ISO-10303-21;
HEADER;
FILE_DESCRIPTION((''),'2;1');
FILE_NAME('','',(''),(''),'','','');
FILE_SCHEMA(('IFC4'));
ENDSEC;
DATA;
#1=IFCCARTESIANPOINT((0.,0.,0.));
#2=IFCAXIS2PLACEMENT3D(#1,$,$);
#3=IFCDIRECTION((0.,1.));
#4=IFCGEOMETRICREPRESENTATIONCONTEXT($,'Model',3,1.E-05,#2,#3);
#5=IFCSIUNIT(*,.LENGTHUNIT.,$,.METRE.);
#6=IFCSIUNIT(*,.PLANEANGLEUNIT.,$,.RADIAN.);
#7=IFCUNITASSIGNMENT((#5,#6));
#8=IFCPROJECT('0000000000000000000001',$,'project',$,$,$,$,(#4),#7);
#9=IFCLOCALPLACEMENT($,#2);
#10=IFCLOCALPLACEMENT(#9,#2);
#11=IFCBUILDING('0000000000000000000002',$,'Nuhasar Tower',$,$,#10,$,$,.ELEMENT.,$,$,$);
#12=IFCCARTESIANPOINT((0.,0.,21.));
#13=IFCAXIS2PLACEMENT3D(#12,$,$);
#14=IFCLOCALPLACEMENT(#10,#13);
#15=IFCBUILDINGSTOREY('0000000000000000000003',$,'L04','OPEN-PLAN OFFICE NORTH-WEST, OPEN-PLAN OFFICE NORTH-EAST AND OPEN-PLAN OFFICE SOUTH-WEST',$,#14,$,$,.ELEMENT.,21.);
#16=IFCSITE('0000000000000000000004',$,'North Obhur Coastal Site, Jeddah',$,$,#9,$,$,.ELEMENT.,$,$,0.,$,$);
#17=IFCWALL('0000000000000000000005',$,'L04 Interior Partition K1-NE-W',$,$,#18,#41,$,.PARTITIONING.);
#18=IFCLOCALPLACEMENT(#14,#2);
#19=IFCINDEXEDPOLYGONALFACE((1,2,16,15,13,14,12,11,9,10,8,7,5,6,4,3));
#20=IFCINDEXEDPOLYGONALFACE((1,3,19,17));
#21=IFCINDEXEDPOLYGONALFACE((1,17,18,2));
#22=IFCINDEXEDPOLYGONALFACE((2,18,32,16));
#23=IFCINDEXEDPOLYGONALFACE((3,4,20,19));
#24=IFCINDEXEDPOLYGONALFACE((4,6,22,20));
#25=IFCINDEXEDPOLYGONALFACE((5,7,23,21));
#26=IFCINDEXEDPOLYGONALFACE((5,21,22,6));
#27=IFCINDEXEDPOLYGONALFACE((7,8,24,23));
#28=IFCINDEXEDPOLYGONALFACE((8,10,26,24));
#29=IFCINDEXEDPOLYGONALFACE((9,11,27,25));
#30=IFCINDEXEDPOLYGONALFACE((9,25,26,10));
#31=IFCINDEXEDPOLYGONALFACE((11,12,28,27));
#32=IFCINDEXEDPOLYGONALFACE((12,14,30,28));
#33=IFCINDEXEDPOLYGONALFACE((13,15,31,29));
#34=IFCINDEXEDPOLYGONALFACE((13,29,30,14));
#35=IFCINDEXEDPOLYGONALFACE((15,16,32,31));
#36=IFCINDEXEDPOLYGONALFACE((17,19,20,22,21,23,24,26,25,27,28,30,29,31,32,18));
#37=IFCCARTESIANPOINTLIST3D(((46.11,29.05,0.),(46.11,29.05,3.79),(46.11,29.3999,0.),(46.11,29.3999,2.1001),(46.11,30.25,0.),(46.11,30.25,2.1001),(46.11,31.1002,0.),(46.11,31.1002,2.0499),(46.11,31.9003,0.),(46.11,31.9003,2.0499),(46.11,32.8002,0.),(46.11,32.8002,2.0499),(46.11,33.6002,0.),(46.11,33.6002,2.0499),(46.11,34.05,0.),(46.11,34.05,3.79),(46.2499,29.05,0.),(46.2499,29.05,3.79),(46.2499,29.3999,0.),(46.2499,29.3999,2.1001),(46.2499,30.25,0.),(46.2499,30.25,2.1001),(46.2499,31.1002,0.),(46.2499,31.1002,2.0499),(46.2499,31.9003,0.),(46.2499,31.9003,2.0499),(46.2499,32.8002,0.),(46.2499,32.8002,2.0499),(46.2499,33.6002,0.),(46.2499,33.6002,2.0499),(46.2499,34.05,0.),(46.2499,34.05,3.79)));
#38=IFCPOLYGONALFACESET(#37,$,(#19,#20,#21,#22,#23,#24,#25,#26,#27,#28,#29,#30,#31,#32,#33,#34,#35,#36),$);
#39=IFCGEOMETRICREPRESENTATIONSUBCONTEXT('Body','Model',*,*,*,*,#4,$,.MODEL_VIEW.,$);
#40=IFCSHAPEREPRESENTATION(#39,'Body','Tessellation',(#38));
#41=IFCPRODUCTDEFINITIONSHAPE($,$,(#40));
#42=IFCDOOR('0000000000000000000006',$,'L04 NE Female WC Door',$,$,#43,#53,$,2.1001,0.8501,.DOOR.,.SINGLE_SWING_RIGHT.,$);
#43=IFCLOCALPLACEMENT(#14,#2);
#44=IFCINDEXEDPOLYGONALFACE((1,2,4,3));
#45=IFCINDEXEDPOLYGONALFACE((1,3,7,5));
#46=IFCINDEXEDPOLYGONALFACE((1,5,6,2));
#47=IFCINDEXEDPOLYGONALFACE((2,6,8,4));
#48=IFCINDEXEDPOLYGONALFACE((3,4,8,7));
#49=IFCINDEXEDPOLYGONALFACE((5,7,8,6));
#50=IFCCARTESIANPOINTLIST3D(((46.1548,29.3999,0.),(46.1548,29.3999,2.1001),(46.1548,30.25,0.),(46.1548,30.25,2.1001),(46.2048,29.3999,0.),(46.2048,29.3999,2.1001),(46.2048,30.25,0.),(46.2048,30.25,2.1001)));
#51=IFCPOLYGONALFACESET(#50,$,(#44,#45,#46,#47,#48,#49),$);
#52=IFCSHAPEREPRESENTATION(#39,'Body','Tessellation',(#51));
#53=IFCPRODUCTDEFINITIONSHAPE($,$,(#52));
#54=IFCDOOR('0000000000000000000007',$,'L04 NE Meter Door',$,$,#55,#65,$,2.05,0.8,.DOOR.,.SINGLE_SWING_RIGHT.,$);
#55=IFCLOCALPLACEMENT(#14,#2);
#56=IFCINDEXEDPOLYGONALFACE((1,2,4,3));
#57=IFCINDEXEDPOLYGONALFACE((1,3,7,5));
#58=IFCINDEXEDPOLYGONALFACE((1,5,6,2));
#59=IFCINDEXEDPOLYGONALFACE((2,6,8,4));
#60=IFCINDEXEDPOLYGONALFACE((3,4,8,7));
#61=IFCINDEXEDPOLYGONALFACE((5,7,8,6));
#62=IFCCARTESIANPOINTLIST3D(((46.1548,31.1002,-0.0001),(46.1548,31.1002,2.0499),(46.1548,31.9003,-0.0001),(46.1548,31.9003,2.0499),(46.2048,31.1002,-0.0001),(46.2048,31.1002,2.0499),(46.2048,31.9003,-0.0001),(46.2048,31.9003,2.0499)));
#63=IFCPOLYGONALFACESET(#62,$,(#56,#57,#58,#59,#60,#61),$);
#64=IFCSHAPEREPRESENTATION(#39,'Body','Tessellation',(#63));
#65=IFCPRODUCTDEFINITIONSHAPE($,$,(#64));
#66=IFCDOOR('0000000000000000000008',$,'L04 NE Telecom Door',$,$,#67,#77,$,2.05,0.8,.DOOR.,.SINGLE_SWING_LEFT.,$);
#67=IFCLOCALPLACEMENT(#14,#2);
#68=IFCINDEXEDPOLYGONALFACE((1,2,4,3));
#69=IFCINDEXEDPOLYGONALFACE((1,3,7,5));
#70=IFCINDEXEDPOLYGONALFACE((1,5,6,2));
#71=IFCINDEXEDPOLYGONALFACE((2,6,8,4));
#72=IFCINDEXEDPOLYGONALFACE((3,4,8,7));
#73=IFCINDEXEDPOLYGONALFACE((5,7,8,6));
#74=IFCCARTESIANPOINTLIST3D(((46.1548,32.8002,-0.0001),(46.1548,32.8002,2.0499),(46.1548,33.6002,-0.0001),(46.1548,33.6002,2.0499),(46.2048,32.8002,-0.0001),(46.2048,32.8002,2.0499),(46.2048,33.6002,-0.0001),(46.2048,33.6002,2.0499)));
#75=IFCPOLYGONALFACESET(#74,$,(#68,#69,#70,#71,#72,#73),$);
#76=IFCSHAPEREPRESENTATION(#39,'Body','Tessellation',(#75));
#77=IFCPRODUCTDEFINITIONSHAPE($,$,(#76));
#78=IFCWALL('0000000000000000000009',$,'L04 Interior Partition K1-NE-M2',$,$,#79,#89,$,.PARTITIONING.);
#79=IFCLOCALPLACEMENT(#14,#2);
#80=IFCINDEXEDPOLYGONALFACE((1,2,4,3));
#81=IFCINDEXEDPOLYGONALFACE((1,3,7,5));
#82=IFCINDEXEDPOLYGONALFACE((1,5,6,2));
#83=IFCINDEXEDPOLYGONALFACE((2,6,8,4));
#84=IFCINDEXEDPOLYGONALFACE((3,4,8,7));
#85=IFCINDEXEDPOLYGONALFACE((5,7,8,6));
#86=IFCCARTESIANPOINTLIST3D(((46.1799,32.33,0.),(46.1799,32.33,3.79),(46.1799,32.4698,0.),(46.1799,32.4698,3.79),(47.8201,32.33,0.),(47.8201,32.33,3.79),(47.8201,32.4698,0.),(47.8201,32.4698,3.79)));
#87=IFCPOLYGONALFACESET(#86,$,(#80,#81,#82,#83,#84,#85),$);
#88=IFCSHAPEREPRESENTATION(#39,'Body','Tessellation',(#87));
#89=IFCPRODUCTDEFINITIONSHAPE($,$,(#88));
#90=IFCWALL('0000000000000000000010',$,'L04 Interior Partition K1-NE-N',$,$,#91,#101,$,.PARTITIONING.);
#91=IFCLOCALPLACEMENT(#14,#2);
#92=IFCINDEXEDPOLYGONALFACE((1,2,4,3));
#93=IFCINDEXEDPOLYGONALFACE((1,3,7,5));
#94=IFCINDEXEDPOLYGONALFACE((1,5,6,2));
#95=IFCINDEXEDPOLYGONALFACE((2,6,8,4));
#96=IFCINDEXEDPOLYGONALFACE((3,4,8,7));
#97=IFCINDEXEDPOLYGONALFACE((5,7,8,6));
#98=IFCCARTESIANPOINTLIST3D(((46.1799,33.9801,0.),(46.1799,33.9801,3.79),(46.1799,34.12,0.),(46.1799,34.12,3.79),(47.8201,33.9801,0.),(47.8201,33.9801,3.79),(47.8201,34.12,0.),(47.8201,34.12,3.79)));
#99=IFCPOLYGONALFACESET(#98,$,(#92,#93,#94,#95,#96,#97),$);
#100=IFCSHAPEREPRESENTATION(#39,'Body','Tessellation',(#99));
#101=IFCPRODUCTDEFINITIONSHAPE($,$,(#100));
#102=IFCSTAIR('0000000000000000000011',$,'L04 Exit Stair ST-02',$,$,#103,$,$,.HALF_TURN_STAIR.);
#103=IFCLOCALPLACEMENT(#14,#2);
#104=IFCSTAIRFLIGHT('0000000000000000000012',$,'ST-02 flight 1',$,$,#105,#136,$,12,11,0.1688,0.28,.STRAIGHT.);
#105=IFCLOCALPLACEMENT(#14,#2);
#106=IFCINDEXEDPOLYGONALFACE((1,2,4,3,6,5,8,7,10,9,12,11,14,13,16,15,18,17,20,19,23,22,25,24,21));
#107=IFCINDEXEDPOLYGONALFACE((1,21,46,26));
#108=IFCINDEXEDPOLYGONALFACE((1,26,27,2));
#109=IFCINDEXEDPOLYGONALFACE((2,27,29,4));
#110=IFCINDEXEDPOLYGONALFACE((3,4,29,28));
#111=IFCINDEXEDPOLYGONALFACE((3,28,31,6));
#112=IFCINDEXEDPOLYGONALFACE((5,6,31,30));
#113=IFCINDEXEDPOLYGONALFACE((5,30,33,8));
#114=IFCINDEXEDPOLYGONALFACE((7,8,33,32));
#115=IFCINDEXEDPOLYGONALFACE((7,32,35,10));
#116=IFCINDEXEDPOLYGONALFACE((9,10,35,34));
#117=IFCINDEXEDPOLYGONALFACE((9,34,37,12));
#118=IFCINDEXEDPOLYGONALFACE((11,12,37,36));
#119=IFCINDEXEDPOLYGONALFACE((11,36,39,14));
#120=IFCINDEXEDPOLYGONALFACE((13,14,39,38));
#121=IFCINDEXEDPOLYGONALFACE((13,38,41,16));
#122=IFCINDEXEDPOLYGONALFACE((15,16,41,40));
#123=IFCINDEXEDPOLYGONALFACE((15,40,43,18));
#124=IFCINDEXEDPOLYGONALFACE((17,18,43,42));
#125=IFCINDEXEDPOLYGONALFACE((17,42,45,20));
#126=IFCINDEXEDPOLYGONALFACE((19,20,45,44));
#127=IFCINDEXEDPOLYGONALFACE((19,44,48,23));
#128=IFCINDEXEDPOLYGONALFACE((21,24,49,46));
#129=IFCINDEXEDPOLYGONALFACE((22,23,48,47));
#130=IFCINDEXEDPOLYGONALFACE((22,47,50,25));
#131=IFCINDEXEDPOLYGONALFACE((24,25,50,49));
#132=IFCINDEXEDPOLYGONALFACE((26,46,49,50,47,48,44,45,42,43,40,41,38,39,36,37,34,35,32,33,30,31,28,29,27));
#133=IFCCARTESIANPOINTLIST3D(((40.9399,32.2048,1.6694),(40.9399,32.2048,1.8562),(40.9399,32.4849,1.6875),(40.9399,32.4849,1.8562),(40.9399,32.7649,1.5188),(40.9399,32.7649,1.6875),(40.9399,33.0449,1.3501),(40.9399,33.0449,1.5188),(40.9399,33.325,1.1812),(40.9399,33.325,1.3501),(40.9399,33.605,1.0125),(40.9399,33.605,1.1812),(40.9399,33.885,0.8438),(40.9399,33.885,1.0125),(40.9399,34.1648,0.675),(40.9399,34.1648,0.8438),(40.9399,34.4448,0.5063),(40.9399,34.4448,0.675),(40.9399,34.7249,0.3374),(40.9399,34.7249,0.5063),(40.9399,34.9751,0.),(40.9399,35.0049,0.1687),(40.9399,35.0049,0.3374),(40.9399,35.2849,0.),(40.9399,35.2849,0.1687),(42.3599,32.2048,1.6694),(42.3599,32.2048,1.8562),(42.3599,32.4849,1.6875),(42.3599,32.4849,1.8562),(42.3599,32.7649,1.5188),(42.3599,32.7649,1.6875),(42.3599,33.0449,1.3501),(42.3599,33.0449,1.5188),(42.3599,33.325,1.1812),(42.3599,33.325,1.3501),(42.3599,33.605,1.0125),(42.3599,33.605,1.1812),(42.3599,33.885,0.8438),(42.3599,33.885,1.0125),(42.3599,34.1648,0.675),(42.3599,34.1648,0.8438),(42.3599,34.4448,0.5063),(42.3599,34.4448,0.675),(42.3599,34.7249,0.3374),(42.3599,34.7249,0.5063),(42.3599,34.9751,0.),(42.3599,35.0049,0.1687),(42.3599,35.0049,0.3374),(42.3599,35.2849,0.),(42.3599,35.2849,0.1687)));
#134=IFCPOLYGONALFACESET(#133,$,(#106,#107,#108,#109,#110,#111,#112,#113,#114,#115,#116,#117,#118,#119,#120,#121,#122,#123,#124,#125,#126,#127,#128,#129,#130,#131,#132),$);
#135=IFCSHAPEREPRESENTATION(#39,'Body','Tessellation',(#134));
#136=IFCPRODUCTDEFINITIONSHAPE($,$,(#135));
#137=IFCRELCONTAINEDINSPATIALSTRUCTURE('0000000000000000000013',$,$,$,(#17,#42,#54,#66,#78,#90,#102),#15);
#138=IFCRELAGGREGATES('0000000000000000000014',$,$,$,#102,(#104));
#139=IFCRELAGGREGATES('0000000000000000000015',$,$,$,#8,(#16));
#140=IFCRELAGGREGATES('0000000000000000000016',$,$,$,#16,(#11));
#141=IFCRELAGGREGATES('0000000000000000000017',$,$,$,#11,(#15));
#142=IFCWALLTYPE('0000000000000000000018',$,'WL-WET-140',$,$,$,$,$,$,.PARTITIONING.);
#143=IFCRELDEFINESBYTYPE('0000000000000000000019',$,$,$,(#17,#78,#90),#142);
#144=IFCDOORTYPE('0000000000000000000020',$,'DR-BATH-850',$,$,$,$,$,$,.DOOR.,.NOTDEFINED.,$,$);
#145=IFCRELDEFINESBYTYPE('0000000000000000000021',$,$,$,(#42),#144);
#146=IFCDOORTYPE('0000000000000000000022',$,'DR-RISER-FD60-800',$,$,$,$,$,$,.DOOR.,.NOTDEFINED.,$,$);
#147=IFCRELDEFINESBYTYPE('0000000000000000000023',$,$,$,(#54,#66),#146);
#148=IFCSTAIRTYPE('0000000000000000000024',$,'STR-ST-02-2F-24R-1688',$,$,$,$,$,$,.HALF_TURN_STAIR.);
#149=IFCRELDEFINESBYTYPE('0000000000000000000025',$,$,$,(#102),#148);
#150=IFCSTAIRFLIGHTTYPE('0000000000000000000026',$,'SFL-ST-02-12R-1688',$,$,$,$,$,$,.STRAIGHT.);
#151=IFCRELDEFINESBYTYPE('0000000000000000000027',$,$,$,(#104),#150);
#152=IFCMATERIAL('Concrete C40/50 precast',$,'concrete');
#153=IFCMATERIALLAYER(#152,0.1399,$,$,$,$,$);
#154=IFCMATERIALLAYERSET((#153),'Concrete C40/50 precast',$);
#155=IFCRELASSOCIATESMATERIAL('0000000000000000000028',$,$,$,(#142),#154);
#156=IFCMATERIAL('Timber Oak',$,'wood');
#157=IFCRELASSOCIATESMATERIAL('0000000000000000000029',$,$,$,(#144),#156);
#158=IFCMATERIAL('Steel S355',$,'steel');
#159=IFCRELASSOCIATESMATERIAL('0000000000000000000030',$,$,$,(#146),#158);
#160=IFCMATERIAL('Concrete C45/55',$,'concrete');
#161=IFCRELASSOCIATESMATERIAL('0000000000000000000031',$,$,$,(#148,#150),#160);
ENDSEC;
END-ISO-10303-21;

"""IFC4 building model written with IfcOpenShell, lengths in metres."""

from ifc_helpers import new_model, si_unit, direction, frame, frame_2d, origin, place, context, subcontext, project, spatial, polyline, rectangle, outline, extrude, material, layer, layer_set, type_object, element, fill, aggregate, save


model = new_model("IFC4")

# Units and contexts
model_context = context("Model", 3, precision=1e-05, world=origin(), true_north=direction((0.0, 1.0)))
body_context = subcontext(model_context, "Body", "Model", "MODEL_VIEW")
ifc_project = project(units=[si_unit("LENGTHUNIT", "METRE"), si_unit("PLANEANGLEUNIT", "RADIAN")], contexts=[model_context])

# Site, building, storey
site_placement = place(None, origin())
site = spatial("IfcSite", under=ifc_project, at=site_placement, Name="North Obhur Coastal Site, Jeddah", CompositionType="ELEMENT", RefElevation=0.0)
building_placement = place(site_placement, origin())
building = spatial("IfcBuilding", under=site, at=building_placement, Name="Nuhasar Tower", CompositionType="ELEMENT")
storey_placement = place(building_placement, frame((0.0, 0.0, 21.0)))
storey = spatial("IfcBuildingStorey", under=building, at=storey_placement, Name="L04", Description="OPEN-PLAN OFFICE NORTH-WEST, OPEN-PLAN OFFICE NORTH-EAST AND OPEN-PLAN OFFICE SOUTH-WEST", CompositionType="ELEMENT", Elevation=21.0)

# Shared definitions
ifc_material_1 = material(Name="Steel S355", Category="steel")

# Shared definitions
ifc_material_2 = material(Name="Concrete C45/55", Category="concrete")

# Wall, openings, doors
ifc_material_3 = material(Name="Concrete C40/50 precast", Category="concrete")
ifc_layer_1 = layer(ifc_material_3, 0.1399)
ifc_layer_set_1 = layer_set([ifc_layer_1], Name="Concrete C40/50 precast")
wall_type_1 = type_object("IfcWallType", Name="WL-WET-140", PredefinedType="PARTITIONING", material=ifc_layer_set_1)
wall_1_placement = place(storey_placement, frame((46.1799, 34.05, 0.0), z_axis=(0.0, 0.0, 1.0), x_axis=(0.0, -1.0, 0.0)))
wall_1 = element("IfcWall", 1, at=wall_1_placement, inside=storey, type_object=wall_type_1, Name="L04 Interior Partition K1-NE-W", PredefinedType="PARTITIONING", context=body_context, shape_type="SweptSolid", body=[
    extrude(rectangle(XDim=5.0, YDim=0.1399, at=frame_2d((2.5, 0.0))), origin(), (0.0, 0.0, 1.0), 3.79),
])
opening_1_placement = place(wall_1_placement, frame((3.8, 0.0, 0.0)))
opening_1 = element("IfcOpeningElement", 2, at=opening_1_placement, cuts=wall_1, PredefinedType="OPENING", context=body_context, shape_type="SweptSolid", body=[
    extrude(rectangle(XDim=0.8501, YDim=2.1001, at=frame_2d((0.425, 1.05))), frame((0.0, 0.0801, 0.0), z_axis=(0.0, -1.0, 0.0), x_axis=(1.0, 0.0, 0.0)), (0.0, 0.0, 1.0), 0.1599),
])
opening_2_placement = place(wall_1_placement, frame((2.1499, 0.0, 0.0)))
opening_2 = element("IfcOpeningElement", 3, at=opening_2_placement, cuts=wall_1, PredefinedType="OPENING", context=body_context, shape_type="SweptSolid", body=[
    extrude(rectangle(XDim=0.8, YDim=2.05, at=frame_2d((0.3999, 1.0249))), frame((0.0, 0.0801, 0.0), z_axis=(0.0, -1.0, 0.0), x_axis=(1.0, 0.0, 0.0)), (0.0, 0.0, 1.0), 0.1599),
])
opening_3_placement = place(wall_1_placement, frame((0.45, 0.0, 0.0)))
opening_3 = element("IfcOpeningElement", 4, at=opening_3_placement, cuts=wall_1, PredefinedType="OPENING", context=body_context, shape_type="SweptSolid", body=[
    extrude(rectangle(XDim=0.8, YDim=2.05, at=frame_2d((0.3999, 1.0249))), frame((0.0, 0.0801, 0.0), z_axis=(0.0, -1.0, 0.0), x_axis=(1.0, 0.0, 0.0)), (0.0, 0.0, 1.0), 0.1599),
])
ifc_material_4 = material(Name="Timber Oak", Category="wood")
door_type_1 = type_object("IfcDoorType", Name="DR-BATH-850", OperationType="NOTDEFINED", PredefinedType="DOOR", material=ifc_material_4)
door_1_placement = place(opening_1_placement, origin())
door_1 = element("IfcDoor", 5, at=door_1_placement, inside=storey, type_object=door_type_1, Name="L04 NE Female WC Door", OperationType="SINGLE_SWING_RIGHT", OverallHeight=2.1001, OverallWidth=0.8501, PredefinedType="DOOR", context=body_context, shape_type="SweptSolid", body=[
    extrude(rectangle(XDim=0.8501, YDim=2.1001, at=frame_2d((0.425, 1.05))), frame((0.0, 0.0249, 0.0), z_axis=(0.0, -1.0, 0.0), x_axis=(1.0, 0.0, 0.0)), (0.0, 0.0, 1.0), 0.05),
])
fill(opening_1, door_1)
door_type_2 = type_object("IfcDoorType", Name="DR-RISER-FD60-800", OperationType="NOTDEFINED", PredefinedType="DOOR", material=ifc_material_1)
door_2_placement = place(opening_2_placement, origin())
door_2 = element("IfcDoor", 6, at=door_2_placement, inside=storey, type_object=door_type_2, Name="L04 NE Meter Door", OperationType="SINGLE_SWING_RIGHT", OverallHeight=2.05, OverallWidth=0.8, PredefinedType="DOOR", context=body_context, shape_type="SweptSolid", body=[
    extrude(rectangle(XDim=0.8, YDim=2.05, at=frame_2d((0.3999, 1.0249))), frame((0.0, 0.0249, 0.0), z_axis=(0.0, -1.0, 0.0), x_axis=(1.0, 0.0, 0.0)), (0.0, 0.0, 1.0), 0.05),
])
fill(opening_2, door_2)
door_3_placement = place(opening_3_placement, origin())
door_3 = element("IfcDoor", 7, at=door_3_placement, inside=storey, type_object=door_type_2, Name="L04 NE Telecom Door", OperationType="SINGLE_SWING_LEFT", OverallHeight=2.05, OverallWidth=0.8, PredefinedType="DOOR", context=body_context, shape_type="SweptSolid", body=[
    extrude(rectangle(XDim=0.8, YDim=2.05, at=frame_2d((0.3999, 1.0249))), frame((0.0, 0.0249, 0.0), z_axis=(0.0, -1.0, 0.0), x_axis=(1.0, 0.0, 0.0)), (0.0, 0.0, 1.0), 0.05),
])
fill(opening_3, door_3)

# Walls
for number, where, z_axis, x_axis, name in (
    (8, (46.1799, 32.3999, 0.0), (0.0, 0.0, 1.0), (1.0, 0.0, 0.0), "L04 Interior Partition K1-NE-M2"),
    (9, (46.1799, 34.05, 0.0), (0.0, 0.0, 1.0), (1.0, 0.0, 0.0), "L04 Interior Partition K1-NE-N"),
):
    element("IfcWall", number, at=place(storey_placement, frame(where, z_axis=z_axis, x_axis=x_axis)), inside=storey, type_object=wall_type_1, Name=name, PredefinedType="PARTITIONING", context=body_context, shape_type="SweptSolid", body=[
        extrude(rectangle(XDim=1.6401, YDim=0.1399, at=frame_2d((0.8201, 0.0))), origin(), (0.0, 0.0, 1.0), 3.79),
    ])

# Stair, stair flight
stair_type = type_object("IfcStairType", Name="STR-ST-02-2F-24R-1688", PredefinedType="HALF_TURN_STAIR", material=ifc_material_2)
stair_placement = place(storey_placement, origin())
stair = element("IfcStair", 10, at=stair_placement, inside=storey, type_object=stair_type, Name="L04 Exit Stair ST-02", PredefinedType="HALF_TURN_STAIR")
stair_flight_type = type_object("IfcStairFlightType", Name="SFL-ST-02-12R-1688", PredefinedType="STRAIGHT", material=ifc_material_2)
stair_flight_placement = place(storey_placement, frame((41.6499, 35.2849, 0.0), z_axis=(0.0, 0.0, 1.0), x_axis=(0.0, -1.0, 0.0)))
stair_flight = element("IfcStairFlight", 11, at=stair_flight_placement, type_object=stair_flight_type, Name="ST-02 flight 1", NumberOfRisers=12, NumberOfTreads=11, PredefinedType="STRAIGHT", RiserHeight=0.1688, TreadLength=0.28, context=body_context, shape_type="SweptSolid", body=[
    extrude(outline(polyline([(0.0, 0.0), (0.0, 0.1687), (0.28, 0.1687), (0.28, 0.3374), (0.5601, 0.3374), (0.5601, 0.5063), (0.8401, 0.5063), (0.8401, 0.675), (1.1201, 0.675), (1.1201, 0.8438), (1.3999, 0.8438), (1.3999, 1.0125), (1.6799, 1.0125), (1.6799, 1.1812), (1.96, 1.1812), (1.96, 1.3501), (2.24, 1.3501), (2.24, 1.5188), (2.52, 1.5188), (2.52, 1.6875), (2.8, 1.6875), (2.8, 1.8562), (3.0801, 1.8562), (3.0801, 2.0249), (3.0801, 1.6694), (0.3098, 0.0), (0.0, 0.0)])), frame((0.0, 0.71, 0.0), z_axis=(0.0, -1.0, 0.0), x_axis=(1.0, 0.0, 0.0)), (0.0, 0.0, 1.0), 1.4199),
])
aggregate(stair, [stair_flight])

save(model, "model.ifc")
